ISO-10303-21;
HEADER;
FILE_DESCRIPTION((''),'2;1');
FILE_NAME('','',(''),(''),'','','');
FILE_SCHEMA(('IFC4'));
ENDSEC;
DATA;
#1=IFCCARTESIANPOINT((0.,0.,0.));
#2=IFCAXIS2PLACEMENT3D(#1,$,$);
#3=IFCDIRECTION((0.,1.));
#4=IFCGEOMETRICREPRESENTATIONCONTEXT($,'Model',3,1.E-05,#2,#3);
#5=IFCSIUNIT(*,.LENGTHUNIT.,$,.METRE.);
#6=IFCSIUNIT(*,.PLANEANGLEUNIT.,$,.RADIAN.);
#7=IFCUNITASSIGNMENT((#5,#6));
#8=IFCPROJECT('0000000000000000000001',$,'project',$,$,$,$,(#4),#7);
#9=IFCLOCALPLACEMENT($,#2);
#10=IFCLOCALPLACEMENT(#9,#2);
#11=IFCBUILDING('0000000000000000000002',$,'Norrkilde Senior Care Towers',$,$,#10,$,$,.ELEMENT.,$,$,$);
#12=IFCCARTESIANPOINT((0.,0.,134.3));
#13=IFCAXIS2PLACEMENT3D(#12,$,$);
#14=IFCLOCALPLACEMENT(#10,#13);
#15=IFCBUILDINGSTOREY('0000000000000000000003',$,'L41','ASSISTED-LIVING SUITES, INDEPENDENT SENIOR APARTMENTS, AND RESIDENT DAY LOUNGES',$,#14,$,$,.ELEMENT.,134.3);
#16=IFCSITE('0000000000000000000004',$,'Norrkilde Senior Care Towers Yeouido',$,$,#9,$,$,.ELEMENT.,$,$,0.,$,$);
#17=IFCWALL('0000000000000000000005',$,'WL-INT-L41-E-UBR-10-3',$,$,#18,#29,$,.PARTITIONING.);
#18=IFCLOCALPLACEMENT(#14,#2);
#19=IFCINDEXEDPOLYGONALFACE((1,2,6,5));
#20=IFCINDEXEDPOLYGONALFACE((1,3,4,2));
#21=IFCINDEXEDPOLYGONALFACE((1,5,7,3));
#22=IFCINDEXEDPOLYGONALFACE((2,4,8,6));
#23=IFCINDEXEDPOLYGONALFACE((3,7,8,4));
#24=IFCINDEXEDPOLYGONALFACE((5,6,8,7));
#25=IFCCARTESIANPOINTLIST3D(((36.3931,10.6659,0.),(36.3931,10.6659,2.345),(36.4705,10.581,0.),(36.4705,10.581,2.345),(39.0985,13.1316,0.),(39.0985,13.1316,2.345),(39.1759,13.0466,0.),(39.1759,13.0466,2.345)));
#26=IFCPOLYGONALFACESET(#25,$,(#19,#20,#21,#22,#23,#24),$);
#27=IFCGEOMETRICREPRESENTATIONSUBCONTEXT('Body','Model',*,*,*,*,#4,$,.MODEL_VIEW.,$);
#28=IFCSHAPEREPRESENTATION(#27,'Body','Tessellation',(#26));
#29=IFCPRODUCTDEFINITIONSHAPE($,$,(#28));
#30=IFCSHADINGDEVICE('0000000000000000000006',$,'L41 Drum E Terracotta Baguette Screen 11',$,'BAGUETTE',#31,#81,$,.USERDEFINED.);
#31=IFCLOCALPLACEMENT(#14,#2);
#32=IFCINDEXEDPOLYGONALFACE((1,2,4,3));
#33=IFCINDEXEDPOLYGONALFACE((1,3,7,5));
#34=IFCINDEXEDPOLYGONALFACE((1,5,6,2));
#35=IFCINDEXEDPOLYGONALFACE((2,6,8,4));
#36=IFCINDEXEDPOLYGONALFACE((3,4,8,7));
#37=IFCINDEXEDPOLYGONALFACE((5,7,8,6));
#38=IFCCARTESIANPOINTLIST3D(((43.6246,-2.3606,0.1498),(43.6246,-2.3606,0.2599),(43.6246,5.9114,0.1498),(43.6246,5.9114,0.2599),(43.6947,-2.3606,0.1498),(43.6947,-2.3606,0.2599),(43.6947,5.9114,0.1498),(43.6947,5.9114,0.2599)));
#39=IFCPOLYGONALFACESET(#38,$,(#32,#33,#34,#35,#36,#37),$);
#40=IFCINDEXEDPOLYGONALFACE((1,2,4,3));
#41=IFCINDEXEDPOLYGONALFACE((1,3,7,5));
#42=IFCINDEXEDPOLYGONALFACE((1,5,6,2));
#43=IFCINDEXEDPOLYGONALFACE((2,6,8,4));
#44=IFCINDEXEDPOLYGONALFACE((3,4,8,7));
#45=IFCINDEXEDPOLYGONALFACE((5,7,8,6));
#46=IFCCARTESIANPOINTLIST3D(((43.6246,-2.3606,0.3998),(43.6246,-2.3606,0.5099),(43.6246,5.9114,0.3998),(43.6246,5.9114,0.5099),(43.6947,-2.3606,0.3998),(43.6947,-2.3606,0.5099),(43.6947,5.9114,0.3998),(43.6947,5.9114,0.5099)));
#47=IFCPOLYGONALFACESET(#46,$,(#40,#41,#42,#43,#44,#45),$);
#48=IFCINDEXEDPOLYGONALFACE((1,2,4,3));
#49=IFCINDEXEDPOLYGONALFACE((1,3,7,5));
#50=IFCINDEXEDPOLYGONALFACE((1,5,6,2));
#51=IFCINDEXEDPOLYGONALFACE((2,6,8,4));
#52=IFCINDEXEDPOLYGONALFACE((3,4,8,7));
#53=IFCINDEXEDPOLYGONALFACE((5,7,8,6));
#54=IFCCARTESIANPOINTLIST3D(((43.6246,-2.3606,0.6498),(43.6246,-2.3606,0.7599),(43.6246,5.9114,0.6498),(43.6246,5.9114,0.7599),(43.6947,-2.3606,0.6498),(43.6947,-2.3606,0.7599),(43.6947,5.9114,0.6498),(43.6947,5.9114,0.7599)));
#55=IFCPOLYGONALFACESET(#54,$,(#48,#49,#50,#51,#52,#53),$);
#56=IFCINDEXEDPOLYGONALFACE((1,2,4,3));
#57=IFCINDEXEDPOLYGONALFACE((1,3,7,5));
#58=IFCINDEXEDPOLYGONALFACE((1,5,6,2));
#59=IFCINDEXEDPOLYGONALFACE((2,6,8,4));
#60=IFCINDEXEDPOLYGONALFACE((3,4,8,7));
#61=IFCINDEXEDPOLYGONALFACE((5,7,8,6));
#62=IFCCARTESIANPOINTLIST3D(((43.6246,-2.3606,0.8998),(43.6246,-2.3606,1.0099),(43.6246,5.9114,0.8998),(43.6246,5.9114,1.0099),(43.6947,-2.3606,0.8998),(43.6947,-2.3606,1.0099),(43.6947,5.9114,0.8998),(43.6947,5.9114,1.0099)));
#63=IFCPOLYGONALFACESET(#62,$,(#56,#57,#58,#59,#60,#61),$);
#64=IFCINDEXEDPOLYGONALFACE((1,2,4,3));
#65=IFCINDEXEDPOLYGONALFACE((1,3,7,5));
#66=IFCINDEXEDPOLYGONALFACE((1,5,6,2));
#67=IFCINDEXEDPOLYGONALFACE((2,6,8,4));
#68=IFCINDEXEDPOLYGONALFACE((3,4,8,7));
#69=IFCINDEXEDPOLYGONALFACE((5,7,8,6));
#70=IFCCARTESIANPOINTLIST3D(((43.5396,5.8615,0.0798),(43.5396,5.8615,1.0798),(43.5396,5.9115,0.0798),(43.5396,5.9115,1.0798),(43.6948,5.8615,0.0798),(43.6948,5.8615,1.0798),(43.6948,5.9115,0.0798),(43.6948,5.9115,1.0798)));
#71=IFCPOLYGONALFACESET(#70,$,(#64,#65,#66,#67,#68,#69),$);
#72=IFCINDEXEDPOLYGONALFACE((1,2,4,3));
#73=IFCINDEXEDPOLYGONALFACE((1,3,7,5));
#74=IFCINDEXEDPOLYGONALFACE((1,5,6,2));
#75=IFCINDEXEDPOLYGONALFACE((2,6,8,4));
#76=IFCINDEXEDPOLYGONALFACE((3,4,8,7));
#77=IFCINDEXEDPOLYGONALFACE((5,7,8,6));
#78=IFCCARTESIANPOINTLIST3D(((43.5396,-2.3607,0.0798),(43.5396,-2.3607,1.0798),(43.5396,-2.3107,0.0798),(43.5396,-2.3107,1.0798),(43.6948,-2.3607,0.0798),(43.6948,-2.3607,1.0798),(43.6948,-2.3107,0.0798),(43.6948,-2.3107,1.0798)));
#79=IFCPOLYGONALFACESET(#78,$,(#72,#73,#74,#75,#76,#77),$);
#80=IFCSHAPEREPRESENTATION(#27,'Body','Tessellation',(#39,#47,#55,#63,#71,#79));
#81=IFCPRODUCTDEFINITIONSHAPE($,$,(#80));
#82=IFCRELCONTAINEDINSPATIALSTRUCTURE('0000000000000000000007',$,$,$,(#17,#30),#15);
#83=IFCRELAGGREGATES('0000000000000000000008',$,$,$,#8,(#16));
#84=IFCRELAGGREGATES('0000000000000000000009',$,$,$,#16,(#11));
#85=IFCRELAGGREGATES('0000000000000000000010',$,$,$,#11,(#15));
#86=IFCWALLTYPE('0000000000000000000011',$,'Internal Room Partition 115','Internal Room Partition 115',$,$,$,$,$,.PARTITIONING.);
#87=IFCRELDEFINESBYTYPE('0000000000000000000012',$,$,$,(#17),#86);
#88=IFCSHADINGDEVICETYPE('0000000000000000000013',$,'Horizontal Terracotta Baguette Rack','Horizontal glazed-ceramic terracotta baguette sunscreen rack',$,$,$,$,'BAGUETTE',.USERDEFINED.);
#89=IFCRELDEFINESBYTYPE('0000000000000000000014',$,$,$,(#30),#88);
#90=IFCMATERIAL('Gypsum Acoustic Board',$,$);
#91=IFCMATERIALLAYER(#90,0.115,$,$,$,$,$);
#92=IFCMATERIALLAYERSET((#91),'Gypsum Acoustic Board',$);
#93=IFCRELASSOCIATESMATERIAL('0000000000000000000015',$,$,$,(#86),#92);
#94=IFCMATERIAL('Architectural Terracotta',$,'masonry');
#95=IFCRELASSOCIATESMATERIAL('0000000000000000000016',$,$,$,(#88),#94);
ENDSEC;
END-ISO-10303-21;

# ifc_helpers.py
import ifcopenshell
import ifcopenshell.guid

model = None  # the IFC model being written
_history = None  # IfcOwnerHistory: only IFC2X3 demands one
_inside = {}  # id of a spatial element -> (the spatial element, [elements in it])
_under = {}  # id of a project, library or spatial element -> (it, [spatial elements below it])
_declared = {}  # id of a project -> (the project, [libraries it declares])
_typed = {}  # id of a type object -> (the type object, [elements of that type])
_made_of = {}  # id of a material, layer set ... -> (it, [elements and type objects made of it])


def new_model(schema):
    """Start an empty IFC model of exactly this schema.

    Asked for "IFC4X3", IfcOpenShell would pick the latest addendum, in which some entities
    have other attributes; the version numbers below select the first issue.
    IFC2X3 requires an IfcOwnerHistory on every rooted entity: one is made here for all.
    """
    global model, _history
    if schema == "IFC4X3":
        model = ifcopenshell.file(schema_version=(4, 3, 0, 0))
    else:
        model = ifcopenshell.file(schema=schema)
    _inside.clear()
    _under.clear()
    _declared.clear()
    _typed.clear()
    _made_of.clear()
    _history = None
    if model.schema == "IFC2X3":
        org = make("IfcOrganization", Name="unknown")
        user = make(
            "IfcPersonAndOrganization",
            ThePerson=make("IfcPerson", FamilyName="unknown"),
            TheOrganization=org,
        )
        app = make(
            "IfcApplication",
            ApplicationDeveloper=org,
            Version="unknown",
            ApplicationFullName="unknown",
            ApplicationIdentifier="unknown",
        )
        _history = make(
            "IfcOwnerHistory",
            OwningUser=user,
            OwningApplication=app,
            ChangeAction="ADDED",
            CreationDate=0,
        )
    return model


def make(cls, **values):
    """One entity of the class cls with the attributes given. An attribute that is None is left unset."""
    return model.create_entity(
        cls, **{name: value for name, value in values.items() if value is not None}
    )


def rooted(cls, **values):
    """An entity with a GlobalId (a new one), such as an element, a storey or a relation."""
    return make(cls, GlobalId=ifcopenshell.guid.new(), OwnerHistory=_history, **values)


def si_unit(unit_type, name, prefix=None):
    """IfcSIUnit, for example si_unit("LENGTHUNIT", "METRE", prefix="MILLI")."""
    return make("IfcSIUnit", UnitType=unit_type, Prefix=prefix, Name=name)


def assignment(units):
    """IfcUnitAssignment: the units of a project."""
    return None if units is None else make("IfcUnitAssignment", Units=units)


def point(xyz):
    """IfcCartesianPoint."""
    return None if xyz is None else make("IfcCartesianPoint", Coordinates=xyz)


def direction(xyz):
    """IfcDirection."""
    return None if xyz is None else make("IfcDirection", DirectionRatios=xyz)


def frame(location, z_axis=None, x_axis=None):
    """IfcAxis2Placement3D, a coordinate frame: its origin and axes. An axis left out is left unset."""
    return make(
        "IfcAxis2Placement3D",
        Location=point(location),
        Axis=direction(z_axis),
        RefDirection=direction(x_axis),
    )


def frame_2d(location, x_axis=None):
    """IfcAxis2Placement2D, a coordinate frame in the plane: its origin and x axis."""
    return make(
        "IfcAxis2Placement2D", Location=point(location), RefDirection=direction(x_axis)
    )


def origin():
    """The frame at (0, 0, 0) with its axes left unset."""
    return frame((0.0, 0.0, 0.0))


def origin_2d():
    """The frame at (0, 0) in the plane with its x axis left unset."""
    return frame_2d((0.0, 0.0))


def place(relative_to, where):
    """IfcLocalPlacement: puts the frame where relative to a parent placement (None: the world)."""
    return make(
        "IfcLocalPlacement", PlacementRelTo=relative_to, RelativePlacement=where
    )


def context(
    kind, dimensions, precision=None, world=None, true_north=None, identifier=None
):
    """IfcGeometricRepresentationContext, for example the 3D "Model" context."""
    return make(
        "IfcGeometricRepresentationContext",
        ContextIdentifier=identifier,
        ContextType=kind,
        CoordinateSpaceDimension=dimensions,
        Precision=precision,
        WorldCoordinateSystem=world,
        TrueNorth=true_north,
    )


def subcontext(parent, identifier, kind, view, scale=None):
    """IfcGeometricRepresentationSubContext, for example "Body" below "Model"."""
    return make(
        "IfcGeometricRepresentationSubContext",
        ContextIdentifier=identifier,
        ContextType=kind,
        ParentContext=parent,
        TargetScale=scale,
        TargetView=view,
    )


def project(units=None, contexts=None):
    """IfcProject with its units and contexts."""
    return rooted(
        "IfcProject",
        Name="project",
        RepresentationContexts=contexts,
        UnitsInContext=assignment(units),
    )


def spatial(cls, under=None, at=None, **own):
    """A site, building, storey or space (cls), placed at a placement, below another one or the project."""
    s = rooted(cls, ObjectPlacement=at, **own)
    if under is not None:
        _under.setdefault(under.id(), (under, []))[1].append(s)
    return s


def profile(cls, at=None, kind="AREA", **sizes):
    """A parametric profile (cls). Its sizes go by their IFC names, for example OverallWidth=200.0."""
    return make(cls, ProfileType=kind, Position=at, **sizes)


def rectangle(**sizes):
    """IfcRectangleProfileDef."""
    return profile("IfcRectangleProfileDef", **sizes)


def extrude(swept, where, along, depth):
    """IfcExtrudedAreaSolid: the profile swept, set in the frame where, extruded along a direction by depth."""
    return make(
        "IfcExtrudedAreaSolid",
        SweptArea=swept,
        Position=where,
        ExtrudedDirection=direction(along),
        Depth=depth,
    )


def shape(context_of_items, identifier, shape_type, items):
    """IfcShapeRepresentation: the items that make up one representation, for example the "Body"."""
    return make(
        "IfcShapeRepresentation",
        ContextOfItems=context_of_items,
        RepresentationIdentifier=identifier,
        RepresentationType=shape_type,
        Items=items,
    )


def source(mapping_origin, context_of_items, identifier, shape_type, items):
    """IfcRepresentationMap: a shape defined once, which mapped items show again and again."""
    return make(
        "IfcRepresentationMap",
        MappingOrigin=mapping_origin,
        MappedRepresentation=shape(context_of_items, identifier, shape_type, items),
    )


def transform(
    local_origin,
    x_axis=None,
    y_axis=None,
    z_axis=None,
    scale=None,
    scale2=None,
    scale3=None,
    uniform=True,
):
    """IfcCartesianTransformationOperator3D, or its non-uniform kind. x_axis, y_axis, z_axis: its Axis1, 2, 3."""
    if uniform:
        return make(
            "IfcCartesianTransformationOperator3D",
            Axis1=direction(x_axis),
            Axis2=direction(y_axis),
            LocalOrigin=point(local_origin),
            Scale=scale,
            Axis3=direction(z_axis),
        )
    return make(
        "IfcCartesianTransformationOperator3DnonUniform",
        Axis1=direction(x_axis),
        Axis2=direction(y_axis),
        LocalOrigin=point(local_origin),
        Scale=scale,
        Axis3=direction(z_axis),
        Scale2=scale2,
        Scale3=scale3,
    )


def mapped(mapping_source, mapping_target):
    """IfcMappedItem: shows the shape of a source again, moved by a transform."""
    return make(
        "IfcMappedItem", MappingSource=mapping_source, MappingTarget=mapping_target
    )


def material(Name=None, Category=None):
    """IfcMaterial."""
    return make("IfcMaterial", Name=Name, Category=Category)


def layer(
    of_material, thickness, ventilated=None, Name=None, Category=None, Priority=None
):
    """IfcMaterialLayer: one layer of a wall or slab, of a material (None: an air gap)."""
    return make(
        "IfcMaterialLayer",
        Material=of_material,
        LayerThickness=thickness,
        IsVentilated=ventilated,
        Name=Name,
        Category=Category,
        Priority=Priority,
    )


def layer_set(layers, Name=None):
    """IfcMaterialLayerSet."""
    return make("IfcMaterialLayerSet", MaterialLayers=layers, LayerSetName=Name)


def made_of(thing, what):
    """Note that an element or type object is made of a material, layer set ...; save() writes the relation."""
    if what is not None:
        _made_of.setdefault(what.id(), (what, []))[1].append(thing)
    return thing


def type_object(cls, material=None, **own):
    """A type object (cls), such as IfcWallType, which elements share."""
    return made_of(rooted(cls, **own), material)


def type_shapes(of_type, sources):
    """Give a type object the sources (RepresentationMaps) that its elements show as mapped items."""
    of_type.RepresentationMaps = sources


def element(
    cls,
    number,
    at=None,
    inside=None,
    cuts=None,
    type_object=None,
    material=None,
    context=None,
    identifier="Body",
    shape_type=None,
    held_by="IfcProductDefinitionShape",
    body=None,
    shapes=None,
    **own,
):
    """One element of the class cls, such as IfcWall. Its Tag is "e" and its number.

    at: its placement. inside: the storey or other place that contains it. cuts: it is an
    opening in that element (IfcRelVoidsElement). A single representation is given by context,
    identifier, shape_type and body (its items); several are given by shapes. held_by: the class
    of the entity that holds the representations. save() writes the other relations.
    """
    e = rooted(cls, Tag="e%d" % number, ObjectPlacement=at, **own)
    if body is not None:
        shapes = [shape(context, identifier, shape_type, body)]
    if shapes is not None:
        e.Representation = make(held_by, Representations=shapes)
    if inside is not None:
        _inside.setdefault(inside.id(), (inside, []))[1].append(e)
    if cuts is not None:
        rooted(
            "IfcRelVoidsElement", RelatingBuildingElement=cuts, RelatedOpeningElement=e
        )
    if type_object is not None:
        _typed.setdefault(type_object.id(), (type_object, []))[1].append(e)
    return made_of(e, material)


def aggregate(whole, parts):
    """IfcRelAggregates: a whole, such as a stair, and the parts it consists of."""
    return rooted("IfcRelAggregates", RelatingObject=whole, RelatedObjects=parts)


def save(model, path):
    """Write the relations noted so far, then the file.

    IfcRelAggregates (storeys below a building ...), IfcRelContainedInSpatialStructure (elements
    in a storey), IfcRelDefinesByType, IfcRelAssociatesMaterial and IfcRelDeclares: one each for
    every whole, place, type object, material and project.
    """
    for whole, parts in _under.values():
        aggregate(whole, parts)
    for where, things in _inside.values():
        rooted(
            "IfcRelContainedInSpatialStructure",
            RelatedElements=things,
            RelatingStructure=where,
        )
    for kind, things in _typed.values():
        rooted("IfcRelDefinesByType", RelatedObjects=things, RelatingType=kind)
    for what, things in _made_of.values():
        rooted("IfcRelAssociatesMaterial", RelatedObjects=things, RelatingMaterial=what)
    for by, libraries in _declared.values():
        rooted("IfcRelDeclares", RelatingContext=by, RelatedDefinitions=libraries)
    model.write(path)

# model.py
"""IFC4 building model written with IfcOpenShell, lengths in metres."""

from ifc_helpers import new_model, si_unit, direction, frame, frame_2d, origin, origin_2d, place, context, subcontext, project, spatial, rectangle, extrude, source, transform, mapped, material, layer, layer_set, type_object, type_shapes, element, save


model = new_model("IFC4")

# Units and contexts
model_context = context("Model", 3, precision=1e-05, world=origin(), true_north=direction((0.0, 1.0)))
body_context = subcontext(model_context, "Body", "Model", "MODEL_VIEW")
ifc_project = project(units=[si_unit("LENGTHUNIT", "METRE"), si_unit("PLANEANGLEUNIT", "RADIAN")], contexts=[model_context])

# Site, building, storey
site_placement = place(None, origin())
site = spatial("IfcSite", under=ifc_project, at=site_placement, Name="Norrkilde Senior Care Towers Yeouido", CompositionType="ELEMENT", RefElevation=0.0)
building_placement = place(site_placement, origin())
building = spatial("IfcBuilding", under=site, at=building_placement, Name="Norrkilde Senior Care Towers", CompositionType="ELEMENT")
storey_placement = place(building_placement, frame((0.0, 0.0, 134.3)))
storey = spatial("IfcBuildingStorey", under=building, at=storey_placement, Name="L41", Description="ASSISTED-LIVING SUITES, INDEPENDENT SENIOR APARTMENTS, AND RESIDENT DAY LOUNGES", CompositionType="ELEMENT", Elevation=134.3)

# Shared definitions
ifc_material_1 = material(Name="Gypsum Acoustic Board")
ifc_layer_1 = layer(ifc_material_1, 0.115)
ifc_layer_set_1 = layer_set([ifc_layer_1], Name="Gypsum Acoustic Board")
wall_type_1 = type_object("IfcWallType", Name="Internal Room Partition 115", Description="Internal Room Partition 115", PredefinedType="PARTITIONING", material=ifc_layer_set_1)

# Wall
shared_shape_1 = source(origin(), body_context, "Body", "SweptSolid", [
    extrude(rectangle(XDim=3.6604, YDim=0.115, at=frame_2d((1.8301, 0.0))), origin(), (0.0, 0.0, 1.0), 2.345),
])
wall_1_placement = place(storey_placement, frame((36.4319, 10.6235, 0.0), z_axis=(0.0, 0.0, 1.0), x_axis=(0.739097, 0.673599, 0.0)))
element("IfcWall", 1, at=wall_1_placement, inside=storey, type_object=wall_type_1, Name="WL-INT-L41-E-UBR-10-3", PredefinedType="PARTITIONING", context=body_context, shape_type="MappedRepresentation", body=[
    mapped(shared_shape_1, transform((0.0, 0.0, 0.0), x_axis=(1.0, 0.0, 0.0), y_axis=(0.0, 1.0, 0.0), z_axis=(0.0, 0.0, 1.0), scale=1.0)),
])

# Shading device
ifc_material_2 = material(Name="Architectural Terracotta", Category="masonry")
shading_device_type = type_object("IfcShadingDeviceType", Name="Horizontal Terracotta Baguette Rack", Description="Horizontal glazed-ceramic terracotta baguette sunscreen rack", ElementType="BAGUETTE", PredefinedType="USERDEFINED", material=ifc_material_2)
shared_shape_2 = source(origin(), body_context, "Body", "SweptSolid", [
    extrude(rectangle(XDim=0.0701, YDim=0.1101, at=origin_2d()), frame((0.0, 0.0901, 0.125), z_axis=(1.0, 0.0, 0.0), x_axis=(0.0, 1.0, 0.0)), (0.0, 0.0, 1.0), 8.272),
    extrude(rectangle(XDim=0.0701, YDim=0.1101, at=origin_2d()), frame((0.0, 0.0901, 0.375), z_axis=(1.0, 0.0, 0.0), x_axis=(0.0, 1.0, 0.0)), (0.0, 0.0, 1.0), 8.272),
    extrude(rectangle(XDim=0.0701, YDim=0.1101, at=origin_2d()), frame((0.0, 0.0901, 0.625), z_axis=(1.0, 0.0, 0.0), x_axis=(0.0, 1.0, 0.0)), (0.0, 0.0, 1.0), 8.272),
    extrude(rectangle(XDim=0.0701, YDim=0.1101, at=origin_2d()), frame((0.0, 0.0901, 0.875), z_axis=(1.0, 0.0, 0.0), x_axis=(0.0, 1.0, 0.0)), (0.0, 0.0, 1.0), 8.272),
    extrude(rectangle(XDim=0.05, YDim=0.1553, at=origin_2d()), frame((0.0249, 0.0476, 0.0)), (0.0, 0.0, 1.0), 1.0),
    extrude(rectangle(XDim=0.05, YDim=0.1553, at=origin_2d()), frame((8.2471, 0.0476, 0.0)), (0.0, 0.0, 1.0), 1.0),
])
type_shapes(shading_device_type, [shared_shape_2])
shading_device_placement = place(storey_placement, frame((43.5696, 5.9114, 0.0798), z_axis=(0.0, 0.0, 1.0), x_axis=(0.0, -1.0, 0.0)))
element("IfcShadingDevice", 2, at=shading_device_placement, inside=storey, type_object=shading_device_type, Name="L41 Drum E Terracotta Baguette Screen 11", ObjectType="BAGUETTE", PredefinedType="USERDEFINED", context=body_context, shape_type="MappedRepresentation", body=[
    mapped(shared_shape_2, transform((0.0, 0.0, 0.0), x_axis=(1.0, 0.0, 0.0), y_axis=(0.0, 1.0, 0.0), z_axis=(0.0, 0.0, 1.0), scale=1.0)),
])

save(model, "model.ifc")
